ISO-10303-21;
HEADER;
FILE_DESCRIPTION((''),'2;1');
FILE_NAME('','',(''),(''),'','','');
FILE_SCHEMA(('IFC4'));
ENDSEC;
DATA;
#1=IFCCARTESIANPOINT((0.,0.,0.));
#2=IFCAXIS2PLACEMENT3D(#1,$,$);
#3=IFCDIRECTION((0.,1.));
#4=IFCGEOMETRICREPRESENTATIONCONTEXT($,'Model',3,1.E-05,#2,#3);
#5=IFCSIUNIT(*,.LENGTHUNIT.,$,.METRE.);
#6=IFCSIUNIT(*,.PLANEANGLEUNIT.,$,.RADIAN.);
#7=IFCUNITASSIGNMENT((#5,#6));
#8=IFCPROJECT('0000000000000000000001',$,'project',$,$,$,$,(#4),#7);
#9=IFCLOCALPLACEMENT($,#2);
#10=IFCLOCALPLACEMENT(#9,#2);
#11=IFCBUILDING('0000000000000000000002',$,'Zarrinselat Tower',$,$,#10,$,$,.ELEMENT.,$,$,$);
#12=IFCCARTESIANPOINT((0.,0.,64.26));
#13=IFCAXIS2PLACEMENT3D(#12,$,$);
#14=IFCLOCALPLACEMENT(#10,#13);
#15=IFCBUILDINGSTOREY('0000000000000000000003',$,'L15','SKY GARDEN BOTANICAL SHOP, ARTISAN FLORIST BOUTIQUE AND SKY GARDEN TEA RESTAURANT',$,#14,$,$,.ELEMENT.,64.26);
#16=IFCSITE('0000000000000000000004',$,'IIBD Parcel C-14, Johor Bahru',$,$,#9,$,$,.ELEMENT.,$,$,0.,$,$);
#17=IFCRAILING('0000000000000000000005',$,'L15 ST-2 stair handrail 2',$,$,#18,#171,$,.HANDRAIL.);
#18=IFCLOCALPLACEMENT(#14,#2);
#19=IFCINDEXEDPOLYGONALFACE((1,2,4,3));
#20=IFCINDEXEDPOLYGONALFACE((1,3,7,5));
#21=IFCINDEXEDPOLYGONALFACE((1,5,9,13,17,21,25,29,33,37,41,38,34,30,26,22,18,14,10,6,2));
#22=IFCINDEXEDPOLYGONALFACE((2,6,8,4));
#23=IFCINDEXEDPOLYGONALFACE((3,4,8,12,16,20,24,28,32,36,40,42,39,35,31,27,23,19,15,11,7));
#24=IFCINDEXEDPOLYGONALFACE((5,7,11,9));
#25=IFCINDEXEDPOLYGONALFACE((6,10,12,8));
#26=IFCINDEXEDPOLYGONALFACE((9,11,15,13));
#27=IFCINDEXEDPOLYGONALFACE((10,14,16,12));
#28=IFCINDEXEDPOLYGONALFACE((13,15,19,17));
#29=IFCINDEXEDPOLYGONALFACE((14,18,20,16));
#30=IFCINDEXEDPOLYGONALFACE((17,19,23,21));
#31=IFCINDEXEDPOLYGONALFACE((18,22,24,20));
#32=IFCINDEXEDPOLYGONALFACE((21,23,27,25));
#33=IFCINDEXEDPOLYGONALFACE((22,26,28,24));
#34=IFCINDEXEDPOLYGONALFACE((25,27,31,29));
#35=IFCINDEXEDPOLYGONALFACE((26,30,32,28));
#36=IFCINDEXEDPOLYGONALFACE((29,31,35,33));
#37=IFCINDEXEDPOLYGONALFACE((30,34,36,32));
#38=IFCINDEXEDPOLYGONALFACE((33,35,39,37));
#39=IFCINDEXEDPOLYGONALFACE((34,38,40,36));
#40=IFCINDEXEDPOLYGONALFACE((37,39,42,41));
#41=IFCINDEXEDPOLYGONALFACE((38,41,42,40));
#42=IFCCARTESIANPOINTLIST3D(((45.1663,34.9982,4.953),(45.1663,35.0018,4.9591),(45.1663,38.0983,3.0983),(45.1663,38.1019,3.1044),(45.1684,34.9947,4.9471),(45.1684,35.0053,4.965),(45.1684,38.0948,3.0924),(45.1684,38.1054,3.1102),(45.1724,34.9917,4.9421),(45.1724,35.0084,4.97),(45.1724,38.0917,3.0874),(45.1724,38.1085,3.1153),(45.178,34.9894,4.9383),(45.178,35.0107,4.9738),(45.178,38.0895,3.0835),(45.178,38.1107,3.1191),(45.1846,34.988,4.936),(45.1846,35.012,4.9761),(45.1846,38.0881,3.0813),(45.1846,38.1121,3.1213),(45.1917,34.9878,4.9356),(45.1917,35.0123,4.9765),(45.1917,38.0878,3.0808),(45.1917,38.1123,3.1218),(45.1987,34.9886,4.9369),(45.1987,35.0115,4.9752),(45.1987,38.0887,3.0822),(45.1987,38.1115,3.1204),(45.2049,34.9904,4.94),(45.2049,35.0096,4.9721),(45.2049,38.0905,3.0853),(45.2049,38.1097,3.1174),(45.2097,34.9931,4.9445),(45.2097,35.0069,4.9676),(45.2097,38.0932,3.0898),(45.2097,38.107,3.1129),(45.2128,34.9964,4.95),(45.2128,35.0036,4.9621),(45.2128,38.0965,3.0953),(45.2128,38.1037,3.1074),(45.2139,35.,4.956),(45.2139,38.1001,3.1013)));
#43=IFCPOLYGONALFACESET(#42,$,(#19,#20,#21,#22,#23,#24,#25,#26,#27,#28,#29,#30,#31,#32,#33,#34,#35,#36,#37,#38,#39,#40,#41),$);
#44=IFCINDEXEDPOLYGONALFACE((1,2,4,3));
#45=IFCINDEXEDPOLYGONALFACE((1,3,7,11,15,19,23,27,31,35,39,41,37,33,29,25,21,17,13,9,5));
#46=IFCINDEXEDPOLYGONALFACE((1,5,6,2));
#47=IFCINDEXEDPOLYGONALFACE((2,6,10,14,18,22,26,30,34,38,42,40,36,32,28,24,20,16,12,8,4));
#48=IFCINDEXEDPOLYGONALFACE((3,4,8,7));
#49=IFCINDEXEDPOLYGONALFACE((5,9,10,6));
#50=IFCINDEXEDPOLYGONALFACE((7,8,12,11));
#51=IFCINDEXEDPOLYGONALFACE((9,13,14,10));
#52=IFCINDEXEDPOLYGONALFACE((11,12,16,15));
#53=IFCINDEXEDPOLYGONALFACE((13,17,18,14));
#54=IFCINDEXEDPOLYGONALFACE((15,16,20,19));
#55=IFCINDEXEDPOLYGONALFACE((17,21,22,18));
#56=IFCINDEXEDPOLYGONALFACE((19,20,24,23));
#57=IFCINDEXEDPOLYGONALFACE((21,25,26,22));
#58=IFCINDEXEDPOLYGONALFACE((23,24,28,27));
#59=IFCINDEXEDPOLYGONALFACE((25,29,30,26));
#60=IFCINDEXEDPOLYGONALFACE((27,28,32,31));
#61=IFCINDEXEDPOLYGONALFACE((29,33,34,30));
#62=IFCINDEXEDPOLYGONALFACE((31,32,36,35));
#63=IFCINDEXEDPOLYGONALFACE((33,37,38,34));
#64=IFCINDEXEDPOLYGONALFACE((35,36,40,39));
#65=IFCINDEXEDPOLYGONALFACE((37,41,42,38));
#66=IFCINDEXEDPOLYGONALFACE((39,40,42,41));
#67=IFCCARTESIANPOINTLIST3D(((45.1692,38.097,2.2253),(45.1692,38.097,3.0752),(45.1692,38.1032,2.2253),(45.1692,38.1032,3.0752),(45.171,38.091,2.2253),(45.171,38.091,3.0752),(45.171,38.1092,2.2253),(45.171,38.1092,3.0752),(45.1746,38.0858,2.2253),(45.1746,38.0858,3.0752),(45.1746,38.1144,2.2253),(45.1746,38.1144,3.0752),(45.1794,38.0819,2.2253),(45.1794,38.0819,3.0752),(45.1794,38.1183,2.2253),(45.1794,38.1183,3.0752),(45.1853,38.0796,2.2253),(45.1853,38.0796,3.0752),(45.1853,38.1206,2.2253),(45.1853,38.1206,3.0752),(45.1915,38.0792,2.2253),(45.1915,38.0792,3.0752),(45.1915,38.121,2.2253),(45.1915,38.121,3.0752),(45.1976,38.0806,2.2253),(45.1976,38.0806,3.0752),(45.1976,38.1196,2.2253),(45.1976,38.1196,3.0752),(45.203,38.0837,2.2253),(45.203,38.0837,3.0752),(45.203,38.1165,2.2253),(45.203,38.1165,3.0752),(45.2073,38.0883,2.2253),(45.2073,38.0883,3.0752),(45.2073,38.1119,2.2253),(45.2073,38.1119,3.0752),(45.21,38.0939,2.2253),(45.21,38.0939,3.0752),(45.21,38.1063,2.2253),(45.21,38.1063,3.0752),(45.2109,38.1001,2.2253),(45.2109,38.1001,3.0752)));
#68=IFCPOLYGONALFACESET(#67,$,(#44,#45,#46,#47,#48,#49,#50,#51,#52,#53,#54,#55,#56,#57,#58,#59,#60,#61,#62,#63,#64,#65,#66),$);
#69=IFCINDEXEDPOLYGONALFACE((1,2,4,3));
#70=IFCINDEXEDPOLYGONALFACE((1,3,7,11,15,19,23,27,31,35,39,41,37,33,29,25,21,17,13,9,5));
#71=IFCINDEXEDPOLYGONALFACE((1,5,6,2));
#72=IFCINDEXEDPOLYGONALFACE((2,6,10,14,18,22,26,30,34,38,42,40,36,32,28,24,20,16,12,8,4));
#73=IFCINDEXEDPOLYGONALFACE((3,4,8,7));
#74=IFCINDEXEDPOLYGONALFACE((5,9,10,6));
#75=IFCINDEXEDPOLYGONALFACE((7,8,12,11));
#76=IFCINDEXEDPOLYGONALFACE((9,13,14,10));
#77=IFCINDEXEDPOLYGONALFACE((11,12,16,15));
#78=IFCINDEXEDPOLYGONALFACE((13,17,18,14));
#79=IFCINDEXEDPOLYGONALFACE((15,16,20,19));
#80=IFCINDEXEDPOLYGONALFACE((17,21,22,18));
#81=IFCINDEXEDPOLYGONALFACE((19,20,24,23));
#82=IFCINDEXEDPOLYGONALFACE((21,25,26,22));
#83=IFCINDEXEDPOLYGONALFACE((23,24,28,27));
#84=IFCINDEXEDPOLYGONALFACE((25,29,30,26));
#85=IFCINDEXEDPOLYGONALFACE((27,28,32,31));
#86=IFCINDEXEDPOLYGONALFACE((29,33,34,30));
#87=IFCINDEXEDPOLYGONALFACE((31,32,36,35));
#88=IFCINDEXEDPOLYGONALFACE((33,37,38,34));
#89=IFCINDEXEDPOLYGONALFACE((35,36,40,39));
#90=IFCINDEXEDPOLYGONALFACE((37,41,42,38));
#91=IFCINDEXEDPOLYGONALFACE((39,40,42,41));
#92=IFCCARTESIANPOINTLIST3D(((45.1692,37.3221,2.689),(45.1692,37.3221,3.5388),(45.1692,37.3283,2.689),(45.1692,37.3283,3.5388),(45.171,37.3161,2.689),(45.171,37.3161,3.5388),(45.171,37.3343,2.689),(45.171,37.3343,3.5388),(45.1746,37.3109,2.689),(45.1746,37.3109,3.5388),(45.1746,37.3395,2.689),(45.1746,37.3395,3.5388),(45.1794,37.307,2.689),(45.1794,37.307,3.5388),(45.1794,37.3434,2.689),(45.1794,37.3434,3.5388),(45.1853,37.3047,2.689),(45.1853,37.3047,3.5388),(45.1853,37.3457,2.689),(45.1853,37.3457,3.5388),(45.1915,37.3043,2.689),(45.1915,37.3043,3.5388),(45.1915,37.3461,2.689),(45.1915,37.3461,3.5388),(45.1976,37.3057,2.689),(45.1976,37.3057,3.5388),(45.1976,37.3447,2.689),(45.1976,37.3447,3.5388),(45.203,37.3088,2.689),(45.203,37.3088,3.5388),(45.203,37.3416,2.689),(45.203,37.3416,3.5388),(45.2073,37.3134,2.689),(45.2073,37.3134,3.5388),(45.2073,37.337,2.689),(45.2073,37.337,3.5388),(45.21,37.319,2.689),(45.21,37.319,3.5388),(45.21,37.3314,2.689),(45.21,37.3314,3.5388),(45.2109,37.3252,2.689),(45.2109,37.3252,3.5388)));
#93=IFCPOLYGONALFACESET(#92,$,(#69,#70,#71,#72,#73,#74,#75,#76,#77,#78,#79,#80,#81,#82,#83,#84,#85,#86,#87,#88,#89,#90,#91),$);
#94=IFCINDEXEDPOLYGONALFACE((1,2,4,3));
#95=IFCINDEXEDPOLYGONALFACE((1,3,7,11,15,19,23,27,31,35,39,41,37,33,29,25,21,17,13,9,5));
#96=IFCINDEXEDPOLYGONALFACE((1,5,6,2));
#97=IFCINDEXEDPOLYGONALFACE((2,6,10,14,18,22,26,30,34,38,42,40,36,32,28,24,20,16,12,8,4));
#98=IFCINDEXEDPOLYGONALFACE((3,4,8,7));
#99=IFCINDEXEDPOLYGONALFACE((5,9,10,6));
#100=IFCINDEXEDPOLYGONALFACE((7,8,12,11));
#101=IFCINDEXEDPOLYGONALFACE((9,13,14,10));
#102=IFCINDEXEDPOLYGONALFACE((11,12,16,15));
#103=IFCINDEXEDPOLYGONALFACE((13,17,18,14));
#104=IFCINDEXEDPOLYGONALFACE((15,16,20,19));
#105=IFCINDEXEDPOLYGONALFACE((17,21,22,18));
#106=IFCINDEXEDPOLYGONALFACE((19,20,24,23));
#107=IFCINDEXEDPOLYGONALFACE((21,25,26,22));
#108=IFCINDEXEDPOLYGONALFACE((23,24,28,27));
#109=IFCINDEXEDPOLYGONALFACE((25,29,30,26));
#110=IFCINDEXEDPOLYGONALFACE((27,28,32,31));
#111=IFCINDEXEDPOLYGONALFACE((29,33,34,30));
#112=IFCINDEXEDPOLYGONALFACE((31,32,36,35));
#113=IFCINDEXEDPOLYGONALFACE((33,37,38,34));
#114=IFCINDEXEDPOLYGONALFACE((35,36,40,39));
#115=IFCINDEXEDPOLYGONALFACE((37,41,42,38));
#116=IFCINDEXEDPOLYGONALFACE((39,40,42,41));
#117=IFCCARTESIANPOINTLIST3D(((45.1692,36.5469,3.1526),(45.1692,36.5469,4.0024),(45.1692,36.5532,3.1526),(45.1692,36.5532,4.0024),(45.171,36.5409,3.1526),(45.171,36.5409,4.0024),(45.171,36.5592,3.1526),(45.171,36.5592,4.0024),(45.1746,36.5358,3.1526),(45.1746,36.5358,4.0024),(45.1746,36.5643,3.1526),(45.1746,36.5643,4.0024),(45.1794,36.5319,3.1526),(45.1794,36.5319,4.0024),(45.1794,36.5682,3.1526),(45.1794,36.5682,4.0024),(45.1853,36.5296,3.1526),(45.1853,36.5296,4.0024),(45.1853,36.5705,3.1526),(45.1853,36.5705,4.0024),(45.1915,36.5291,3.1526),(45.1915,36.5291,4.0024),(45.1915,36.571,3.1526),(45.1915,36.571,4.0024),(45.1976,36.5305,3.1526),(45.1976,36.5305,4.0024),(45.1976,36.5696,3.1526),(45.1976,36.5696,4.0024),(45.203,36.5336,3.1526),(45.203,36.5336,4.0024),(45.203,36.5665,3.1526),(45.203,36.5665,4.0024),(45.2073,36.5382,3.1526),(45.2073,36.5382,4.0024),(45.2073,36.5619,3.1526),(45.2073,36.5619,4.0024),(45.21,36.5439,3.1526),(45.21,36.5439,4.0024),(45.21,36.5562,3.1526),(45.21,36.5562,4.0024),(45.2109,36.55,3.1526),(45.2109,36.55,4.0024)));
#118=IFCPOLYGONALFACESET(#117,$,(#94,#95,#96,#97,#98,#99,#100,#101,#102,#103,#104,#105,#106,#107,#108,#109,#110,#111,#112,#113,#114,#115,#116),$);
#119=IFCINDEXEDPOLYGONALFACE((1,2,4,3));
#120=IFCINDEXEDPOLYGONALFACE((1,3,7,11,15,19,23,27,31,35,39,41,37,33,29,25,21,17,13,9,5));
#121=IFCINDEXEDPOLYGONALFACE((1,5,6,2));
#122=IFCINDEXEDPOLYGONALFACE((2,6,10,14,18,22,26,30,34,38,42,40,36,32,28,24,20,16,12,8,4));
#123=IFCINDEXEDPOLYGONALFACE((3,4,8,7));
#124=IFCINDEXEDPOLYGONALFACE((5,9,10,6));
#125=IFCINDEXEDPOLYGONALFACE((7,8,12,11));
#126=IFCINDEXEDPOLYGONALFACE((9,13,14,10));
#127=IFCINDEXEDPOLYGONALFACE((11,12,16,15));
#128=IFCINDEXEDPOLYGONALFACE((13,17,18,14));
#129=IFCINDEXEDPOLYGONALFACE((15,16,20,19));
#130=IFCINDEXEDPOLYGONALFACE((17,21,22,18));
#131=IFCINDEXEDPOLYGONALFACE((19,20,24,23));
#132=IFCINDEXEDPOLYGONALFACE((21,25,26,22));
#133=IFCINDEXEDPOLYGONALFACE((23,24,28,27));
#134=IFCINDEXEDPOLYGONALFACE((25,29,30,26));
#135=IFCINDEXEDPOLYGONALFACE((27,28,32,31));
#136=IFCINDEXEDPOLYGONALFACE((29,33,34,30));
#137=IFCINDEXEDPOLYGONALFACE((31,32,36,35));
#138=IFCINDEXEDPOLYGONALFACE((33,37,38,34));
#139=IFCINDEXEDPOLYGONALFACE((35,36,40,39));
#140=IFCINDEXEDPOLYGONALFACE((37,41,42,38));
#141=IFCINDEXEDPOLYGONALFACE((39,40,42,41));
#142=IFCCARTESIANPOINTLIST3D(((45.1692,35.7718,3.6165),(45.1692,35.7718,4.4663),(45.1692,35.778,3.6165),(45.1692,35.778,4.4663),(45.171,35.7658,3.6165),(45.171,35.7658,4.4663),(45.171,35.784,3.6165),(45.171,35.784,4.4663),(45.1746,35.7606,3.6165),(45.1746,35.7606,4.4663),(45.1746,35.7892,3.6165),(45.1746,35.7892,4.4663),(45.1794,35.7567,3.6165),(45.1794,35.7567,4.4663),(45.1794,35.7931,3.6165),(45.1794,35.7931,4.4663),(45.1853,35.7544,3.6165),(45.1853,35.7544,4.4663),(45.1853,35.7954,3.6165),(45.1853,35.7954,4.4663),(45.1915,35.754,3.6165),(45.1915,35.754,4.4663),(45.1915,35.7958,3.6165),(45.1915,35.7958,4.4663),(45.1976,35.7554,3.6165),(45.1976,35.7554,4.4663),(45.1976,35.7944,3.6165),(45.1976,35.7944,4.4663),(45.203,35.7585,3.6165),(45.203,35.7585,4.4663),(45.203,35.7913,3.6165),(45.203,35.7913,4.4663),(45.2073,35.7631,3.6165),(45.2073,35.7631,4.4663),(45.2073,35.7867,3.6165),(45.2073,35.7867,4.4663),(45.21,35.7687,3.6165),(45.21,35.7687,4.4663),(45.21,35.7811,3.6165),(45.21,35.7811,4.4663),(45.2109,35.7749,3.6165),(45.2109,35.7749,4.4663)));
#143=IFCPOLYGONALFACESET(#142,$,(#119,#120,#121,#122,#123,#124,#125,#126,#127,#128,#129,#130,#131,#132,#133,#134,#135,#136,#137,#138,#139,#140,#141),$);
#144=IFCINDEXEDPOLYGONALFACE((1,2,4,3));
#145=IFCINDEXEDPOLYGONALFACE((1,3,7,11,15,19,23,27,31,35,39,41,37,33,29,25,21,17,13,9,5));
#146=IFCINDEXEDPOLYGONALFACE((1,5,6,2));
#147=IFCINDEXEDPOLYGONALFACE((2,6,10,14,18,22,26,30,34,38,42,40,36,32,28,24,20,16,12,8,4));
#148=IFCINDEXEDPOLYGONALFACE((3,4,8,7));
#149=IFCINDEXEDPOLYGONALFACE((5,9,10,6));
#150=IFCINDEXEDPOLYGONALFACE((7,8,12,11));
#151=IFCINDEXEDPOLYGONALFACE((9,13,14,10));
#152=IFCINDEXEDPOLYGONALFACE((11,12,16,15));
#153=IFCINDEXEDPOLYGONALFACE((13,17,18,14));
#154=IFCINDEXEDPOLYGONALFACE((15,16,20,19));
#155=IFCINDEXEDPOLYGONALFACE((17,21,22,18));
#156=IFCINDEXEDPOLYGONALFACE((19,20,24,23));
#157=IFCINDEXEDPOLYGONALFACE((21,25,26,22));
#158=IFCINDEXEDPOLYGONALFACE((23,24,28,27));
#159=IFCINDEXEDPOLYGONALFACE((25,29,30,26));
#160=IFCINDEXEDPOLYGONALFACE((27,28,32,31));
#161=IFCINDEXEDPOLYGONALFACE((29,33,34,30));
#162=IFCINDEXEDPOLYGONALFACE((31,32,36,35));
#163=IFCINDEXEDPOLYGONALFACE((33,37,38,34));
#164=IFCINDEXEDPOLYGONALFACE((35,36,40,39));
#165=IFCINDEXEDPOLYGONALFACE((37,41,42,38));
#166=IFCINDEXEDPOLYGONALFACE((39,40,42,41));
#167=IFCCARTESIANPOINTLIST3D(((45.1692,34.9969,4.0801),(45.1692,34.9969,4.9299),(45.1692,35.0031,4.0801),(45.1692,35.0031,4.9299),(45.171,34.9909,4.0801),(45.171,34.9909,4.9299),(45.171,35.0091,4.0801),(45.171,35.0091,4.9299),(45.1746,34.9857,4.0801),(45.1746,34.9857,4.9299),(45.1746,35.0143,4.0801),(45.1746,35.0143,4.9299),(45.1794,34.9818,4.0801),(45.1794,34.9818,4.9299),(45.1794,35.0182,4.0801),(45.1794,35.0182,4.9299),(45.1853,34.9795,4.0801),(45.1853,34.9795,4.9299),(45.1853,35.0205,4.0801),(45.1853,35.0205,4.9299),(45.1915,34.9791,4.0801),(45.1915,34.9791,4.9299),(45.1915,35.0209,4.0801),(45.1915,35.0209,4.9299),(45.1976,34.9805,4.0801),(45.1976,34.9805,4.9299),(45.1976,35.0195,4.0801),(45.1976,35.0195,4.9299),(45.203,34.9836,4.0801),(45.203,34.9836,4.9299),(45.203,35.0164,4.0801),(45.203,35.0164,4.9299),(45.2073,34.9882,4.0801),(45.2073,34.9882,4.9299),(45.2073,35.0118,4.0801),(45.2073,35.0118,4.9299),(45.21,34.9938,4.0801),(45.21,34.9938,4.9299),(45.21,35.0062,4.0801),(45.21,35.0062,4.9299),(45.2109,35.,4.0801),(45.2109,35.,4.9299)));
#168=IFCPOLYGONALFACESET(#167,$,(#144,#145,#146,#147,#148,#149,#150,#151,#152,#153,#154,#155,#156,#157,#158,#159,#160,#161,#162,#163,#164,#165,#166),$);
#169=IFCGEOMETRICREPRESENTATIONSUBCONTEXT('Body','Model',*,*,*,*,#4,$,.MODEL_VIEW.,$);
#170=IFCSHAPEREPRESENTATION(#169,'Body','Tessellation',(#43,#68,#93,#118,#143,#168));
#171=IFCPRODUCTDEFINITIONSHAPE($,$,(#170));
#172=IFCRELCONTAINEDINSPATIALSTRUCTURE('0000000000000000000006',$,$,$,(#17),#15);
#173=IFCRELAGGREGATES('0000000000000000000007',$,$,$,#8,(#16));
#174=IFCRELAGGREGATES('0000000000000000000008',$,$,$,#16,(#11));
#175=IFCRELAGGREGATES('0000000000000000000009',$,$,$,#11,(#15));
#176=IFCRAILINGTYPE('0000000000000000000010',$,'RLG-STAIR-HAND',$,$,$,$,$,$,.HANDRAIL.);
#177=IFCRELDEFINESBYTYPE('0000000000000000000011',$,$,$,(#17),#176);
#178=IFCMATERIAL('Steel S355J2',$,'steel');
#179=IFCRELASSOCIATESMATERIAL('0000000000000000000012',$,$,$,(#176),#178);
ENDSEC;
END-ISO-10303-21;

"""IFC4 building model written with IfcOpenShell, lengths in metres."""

from ifc_helpers import new_model, si_unit, direction, frame, origin, origin_2d, place, context, subcontext, project, spatial, circle, extrude, material, type_object, element, save


model = new_model("IFC4")

# Units and contexts
model_context = context("Model", 3, precision=1e-05, world=origin(), true_north=direction((0.0, 1.0)))
body_context = subcontext(model_context, "Body", "Model", "MODEL_VIEW")
ifc_project = project(units=[si_unit("LENGTHUNIT", "METRE"), si_unit("PLANEANGLEUNIT", "RADIAN")], contexts=[model_context])

# Site, building, storey
site_placement = place(None, origin())
site = spatial("IfcSite", under=ifc_project, at=site_placement, Name="IIBD Parcel C-14, Johor Bahru", CompositionType="ELEMENT", RefElevation=0.0)
building_placement = place(site_placement, origin())
building = spatial("IfcBuilding", under=site, at=building_placement, Name="Zarrinselat Tower", CompositionType="ELEMENT")
storey_placement = place(building_placement, frame((0.0, 0.0, 64.26)))
storey = spatial("IfcBuildingStorey", under=building, at=storey_placement, Name="L15", Description="SKY GARDEN BOTANICAL SHOP, ARTISAN FLORIST BOUTIQUE AND SKY GARDEN TEA RESTAURANT", CompositionType="ELEMENT", Elevation=64.26)

# Railing
ifc_material_1 = material(Name="Steel S355J2", Category="steel")
railing_type = type_object("IfcRailingType", Name="RLG-STAIR-HAND", PredefinedType="HANDRAIL", material=ifc_material_1)
railing_placement = place(storey_placement, frame((45.1899, 38.1001, 2.2253)))
element("IfcRailing", 1, at=railing_placement, inside=storey, type_object=railing_type, Name="L15 ST-2 stair handrail 2", PredefinedType="HANDRAIL", context=body_context, shape_type="SweptSolid", body=[
    extrude(circle(Radius=0.0239, at=origin_2d()), frame((0.0, 0.0, 0.876), z_axis=(0.0, -0.858142, 0.513412), x_axis=(1.0, 0.0, 0.0)), (0.0, 0.0, 1.0), 3.6125),
    extrude(circle(Radius=0.021, at=origin_2d()), origin(), (0.0, 0.0, 1.0), 0.8499),
    extrude(circle(Radius=0.021, at=origin_2d()), frame((0.0, -0.7749, 0.4636)), (0.0, 0.0, 1.0), 0.8499),
    extrude(circle(Radius=0.021, at=origin_2d()), frame((0.0, -1.55, 0.9272)), (0.0, 0.0, 1.0), 0.8499),
    extrude(circle(Radius=0.021, at=origin_2d()), frame((0.0, -2.3252, 1.3911)), (0.0, 0.0, 1.0), 0.8499),
    extrude(circle(Radius=0.021, at=origin_2d()), frame((0.0, -3.1001, 1.8547)), (0.0, 0.0, 1.0), 0.8499),
])

save(model, "model.ifc")
